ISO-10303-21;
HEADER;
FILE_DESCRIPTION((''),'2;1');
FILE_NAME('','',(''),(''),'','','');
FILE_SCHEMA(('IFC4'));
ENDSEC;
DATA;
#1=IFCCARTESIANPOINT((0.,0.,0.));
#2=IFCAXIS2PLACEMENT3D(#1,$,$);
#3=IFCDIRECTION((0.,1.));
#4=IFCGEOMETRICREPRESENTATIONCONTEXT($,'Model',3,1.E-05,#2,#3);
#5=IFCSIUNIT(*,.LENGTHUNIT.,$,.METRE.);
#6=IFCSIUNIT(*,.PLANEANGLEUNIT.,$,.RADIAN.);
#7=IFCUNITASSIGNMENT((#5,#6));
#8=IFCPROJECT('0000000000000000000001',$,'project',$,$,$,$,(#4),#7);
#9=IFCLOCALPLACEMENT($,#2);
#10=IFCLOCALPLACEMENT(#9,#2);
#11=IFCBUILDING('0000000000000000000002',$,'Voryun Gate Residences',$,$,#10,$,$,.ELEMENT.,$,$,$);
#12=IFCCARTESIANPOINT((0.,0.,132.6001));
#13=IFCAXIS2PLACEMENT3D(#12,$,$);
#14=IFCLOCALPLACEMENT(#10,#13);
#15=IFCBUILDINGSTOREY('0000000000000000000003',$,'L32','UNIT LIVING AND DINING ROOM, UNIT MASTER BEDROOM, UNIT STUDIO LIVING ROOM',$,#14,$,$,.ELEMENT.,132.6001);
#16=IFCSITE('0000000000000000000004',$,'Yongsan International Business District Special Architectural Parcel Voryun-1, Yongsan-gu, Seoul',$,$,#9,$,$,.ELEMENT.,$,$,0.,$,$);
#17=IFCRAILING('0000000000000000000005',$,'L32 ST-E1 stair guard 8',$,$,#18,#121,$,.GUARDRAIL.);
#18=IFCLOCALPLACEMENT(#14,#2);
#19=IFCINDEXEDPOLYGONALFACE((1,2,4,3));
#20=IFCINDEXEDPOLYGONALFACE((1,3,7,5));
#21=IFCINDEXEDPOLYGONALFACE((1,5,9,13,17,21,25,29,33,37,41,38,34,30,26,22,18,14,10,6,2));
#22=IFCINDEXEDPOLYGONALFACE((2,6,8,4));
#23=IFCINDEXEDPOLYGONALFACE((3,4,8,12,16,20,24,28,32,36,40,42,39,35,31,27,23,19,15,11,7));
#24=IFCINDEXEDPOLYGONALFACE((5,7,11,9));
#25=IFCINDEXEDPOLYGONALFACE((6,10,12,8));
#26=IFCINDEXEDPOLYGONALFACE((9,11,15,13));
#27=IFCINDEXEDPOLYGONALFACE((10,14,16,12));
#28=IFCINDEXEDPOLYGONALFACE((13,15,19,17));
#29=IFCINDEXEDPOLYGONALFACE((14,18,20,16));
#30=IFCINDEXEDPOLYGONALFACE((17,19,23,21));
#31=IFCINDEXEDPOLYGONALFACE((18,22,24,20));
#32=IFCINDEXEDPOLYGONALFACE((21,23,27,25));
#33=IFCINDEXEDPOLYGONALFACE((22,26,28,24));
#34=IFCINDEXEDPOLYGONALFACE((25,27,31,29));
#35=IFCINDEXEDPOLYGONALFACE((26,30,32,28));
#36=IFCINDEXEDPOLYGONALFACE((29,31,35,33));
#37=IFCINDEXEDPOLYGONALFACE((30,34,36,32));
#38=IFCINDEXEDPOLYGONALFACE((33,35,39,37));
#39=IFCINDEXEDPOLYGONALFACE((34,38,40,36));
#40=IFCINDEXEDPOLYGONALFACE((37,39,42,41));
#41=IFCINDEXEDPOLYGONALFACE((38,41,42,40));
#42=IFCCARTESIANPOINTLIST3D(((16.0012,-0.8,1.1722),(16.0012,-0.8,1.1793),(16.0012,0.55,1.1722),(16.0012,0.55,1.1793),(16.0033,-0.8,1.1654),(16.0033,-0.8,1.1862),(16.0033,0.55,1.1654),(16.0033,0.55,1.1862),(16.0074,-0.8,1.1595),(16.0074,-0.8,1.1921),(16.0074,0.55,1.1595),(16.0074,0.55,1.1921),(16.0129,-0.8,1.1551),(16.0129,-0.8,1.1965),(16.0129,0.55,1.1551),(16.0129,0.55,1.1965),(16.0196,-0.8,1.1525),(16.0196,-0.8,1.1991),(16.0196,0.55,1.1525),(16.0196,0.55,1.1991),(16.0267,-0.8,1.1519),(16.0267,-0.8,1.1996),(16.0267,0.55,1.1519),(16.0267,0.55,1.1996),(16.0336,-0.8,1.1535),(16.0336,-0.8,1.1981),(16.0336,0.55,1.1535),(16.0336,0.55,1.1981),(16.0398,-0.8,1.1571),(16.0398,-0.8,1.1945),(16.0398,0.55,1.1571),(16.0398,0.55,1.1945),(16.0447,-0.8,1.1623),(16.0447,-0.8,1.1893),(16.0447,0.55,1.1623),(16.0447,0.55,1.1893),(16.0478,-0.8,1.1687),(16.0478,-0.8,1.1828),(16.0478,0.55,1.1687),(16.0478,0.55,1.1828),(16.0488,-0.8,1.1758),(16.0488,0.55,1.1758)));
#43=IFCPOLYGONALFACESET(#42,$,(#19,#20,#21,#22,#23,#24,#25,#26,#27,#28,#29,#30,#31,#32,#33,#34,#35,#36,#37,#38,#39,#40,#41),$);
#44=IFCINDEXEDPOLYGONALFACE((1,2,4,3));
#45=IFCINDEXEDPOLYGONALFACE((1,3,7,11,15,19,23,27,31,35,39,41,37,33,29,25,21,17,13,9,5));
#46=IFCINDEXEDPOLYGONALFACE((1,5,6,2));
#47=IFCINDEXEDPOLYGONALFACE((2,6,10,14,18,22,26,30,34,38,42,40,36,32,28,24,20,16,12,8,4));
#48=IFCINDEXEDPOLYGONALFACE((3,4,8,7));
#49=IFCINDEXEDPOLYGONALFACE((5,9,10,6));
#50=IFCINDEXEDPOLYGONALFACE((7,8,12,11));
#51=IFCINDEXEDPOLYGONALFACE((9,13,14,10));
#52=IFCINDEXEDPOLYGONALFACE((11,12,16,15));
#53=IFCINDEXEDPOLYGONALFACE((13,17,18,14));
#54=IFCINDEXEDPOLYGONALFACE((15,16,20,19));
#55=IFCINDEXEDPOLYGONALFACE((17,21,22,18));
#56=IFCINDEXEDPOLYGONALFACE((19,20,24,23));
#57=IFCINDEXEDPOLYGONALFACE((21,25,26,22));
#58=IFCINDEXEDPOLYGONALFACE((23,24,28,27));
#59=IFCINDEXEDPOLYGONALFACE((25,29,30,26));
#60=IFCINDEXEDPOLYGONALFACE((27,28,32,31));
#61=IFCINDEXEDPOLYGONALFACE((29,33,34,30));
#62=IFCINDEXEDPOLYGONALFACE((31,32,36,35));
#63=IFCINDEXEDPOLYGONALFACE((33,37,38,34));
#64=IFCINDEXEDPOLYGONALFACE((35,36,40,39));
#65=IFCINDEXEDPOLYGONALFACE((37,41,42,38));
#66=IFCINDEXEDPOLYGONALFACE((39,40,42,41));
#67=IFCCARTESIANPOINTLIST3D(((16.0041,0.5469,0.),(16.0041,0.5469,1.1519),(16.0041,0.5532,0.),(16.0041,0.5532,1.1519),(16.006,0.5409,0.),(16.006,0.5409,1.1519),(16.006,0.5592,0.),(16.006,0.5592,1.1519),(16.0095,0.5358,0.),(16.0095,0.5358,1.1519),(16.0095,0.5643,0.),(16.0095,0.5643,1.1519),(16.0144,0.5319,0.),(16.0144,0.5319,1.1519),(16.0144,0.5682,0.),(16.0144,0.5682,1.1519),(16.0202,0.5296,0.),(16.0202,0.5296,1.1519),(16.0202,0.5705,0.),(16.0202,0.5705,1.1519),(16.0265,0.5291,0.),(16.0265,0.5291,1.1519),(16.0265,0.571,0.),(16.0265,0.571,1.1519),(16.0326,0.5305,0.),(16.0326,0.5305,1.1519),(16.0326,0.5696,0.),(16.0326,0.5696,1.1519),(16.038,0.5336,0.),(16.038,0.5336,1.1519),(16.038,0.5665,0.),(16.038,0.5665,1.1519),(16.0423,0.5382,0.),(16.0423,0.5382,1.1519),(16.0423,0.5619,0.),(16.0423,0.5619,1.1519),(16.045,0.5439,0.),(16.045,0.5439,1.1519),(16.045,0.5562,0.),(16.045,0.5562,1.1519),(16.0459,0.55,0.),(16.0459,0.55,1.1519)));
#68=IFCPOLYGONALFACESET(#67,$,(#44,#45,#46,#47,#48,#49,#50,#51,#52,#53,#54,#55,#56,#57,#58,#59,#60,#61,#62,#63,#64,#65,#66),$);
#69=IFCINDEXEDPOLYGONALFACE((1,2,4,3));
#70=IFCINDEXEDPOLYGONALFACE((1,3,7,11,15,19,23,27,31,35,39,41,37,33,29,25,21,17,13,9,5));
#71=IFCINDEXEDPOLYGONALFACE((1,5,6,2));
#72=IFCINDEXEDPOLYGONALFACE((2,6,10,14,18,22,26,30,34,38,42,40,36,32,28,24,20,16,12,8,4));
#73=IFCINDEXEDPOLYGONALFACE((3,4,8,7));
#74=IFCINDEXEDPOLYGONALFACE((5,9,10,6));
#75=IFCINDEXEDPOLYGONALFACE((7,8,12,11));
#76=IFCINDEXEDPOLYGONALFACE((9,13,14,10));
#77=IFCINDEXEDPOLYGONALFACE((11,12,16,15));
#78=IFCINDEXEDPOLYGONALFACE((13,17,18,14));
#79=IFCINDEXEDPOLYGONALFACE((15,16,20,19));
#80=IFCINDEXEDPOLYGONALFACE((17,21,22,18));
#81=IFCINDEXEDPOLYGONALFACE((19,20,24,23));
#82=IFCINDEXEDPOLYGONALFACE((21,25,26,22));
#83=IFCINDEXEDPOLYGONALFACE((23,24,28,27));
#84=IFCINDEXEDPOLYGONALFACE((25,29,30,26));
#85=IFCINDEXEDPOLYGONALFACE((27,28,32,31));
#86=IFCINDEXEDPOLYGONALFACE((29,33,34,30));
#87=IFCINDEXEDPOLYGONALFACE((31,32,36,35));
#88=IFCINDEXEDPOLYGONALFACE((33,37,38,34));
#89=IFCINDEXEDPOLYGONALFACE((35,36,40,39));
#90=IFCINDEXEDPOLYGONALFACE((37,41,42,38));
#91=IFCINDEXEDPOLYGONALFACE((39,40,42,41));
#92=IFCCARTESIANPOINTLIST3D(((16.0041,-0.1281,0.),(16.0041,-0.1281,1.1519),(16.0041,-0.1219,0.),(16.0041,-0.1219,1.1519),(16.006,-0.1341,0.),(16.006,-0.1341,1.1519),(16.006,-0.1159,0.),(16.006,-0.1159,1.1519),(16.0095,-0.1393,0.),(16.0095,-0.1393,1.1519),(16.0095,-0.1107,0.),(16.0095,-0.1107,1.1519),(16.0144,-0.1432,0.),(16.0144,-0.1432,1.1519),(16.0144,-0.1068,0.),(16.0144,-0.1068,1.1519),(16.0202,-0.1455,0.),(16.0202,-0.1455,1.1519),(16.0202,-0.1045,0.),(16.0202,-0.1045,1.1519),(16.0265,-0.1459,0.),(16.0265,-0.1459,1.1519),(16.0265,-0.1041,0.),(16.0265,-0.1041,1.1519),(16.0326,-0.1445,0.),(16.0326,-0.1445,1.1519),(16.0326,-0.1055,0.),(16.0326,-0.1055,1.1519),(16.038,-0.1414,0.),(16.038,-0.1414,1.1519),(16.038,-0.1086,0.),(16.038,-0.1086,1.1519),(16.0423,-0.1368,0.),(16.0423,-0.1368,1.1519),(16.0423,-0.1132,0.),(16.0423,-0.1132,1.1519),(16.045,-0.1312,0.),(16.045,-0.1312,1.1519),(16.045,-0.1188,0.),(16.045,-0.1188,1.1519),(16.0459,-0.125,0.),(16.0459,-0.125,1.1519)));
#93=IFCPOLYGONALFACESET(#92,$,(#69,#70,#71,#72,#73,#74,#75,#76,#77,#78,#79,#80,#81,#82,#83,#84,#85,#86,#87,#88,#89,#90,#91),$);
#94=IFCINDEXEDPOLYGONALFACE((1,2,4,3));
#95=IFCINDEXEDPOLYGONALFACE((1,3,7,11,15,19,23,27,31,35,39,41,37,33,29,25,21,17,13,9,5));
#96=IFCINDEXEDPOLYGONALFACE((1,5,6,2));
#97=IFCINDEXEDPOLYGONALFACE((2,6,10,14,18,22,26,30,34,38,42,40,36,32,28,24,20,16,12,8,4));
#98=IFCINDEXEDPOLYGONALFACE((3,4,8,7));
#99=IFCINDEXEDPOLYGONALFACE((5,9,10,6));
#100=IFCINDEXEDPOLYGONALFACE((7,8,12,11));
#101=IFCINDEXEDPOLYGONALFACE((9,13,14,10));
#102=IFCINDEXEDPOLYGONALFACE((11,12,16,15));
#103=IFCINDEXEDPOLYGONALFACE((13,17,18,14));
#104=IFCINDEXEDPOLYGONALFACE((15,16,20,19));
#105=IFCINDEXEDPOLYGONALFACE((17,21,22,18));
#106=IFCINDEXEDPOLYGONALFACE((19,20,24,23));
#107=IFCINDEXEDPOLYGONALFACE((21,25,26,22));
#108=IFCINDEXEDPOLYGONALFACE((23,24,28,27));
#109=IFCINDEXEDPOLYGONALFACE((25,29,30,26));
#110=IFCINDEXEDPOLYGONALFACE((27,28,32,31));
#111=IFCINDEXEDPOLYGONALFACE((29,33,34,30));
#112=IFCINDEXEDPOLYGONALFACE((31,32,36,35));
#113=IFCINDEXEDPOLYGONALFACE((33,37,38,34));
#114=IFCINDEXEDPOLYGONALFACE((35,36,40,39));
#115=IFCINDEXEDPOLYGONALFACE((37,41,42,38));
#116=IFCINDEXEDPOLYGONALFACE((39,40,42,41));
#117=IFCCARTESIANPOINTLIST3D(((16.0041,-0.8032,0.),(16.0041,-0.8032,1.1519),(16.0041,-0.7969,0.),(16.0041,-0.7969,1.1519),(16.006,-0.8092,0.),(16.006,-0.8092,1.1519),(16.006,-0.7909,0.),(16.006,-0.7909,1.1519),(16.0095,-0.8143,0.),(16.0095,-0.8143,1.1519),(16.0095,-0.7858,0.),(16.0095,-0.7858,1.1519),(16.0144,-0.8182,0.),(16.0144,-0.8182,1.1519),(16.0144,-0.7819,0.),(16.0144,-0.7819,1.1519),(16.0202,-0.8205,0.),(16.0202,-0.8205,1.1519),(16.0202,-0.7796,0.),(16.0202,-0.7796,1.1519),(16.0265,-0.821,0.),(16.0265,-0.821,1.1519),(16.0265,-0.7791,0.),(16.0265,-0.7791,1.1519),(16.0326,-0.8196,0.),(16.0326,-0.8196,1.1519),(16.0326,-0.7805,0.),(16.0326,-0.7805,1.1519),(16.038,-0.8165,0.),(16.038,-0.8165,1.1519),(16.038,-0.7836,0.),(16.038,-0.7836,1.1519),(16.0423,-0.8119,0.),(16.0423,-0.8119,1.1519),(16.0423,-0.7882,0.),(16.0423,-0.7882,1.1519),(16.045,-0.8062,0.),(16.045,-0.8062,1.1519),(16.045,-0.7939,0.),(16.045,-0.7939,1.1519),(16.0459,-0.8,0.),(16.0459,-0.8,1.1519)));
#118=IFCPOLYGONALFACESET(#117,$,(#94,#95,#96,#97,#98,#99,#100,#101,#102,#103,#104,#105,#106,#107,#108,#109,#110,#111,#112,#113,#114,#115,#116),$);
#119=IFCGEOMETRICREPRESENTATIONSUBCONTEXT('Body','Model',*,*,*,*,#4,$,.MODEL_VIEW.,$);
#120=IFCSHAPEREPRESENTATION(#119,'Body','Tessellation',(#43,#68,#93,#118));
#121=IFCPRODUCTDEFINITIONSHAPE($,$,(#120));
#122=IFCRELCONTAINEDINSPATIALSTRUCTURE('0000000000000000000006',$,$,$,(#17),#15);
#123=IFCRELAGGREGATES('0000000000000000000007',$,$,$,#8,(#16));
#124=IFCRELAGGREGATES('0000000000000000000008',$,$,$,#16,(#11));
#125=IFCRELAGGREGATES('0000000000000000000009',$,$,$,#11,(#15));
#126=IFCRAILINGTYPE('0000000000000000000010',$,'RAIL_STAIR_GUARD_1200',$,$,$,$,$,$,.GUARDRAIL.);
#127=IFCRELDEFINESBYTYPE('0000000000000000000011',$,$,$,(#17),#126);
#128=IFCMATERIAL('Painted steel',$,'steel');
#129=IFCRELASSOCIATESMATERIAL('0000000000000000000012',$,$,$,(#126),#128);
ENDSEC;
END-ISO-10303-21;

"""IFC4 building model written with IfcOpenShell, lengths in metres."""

from ifc_helpers import new_model, si_unit, direction, frame, origin, origin_2d, place, context, subcontext, project, spatial, circle, extrude, material, type_object, element, save


model = new_model("IFC4")

# Units and contexts
model_context = context("Model", 3, precision=1e-05, world=origin(), true_north=direction((0.0, 1.0)))
body_context = subcontext(model_context, "Body", "Model", "MODEL_VIEW")
ifc_project = project(units=[si_unit("LENGTHUNIT", "METRE"), si_unit("PLANEANGLEUNIT", "RADIAN")], contexts=[model_context])

# Site, building, storey
site_placement = place(None, origin())
site = spatial("IfcSite", under=ifc_project, at=site_placement, Name="Yongsan International Business District Special Architectural Parcel Voryun-1, Yongsan-gu, Seoul", CompositionType="ELEMENT", RefElevation=0.0)
building_placement = place(site_placement, origin())
building = spatial("IfcBuilding", under=site, at=building_placement, Name="Voryun Gate Residences", CompositionType="ELEMENT")
storey_placement = place(building_placement, frame((0.0, 0.0, 132.6001)))
storey = spatial("IfcBuildingStorey", under=building, at=storey_placement, Name="L32", Description="UNIT LIVING AND DINING ROOM, UNIT MASTER BEDROOM, UNIT STUDIO LIVING ROOM", CompositionType="ELEMENT", Elevation=132.6001)

# Railing
ifc_material_1 = material(Name="Painted steel", Category="steel")
railing_type = type_object("IfcRailingType", Name="RAIL_STAIR_GUARD_1200", PredefinedType="GUARDRAIL", material=ifc_material_1)
railing_placement = place(storey_placement, frame((16.0249, 0.55, 0.0)))
element("IfcRailing", 1, at=railing_placement, inside=storey, type_object=railing_type, Name="L32 ST-E1 stair guard 8", PredefinedType="GUARDRAIL", context=body_context, shape_type="SweptSolid", body=[
    extrude(circle(Radius=0.0239, at=origin_2d()), frame((0.0, 0.0, 1.1758), z_axis=(0.0, -1.0, 0.0), x_axis=(1.0, 0.0, 0.0)), (0.0, 0.0, 1.0), 1.3501),
    extrude(circle(Radius=0.021, at=origin_2d()), origin(), (0.0, 0.0, 1.0), 1.1519),
    extrude(circle(Radius=0.021, at=origin_2d()), frame((0.0, -0.675, 0.0)), (0.0, 0.0, 1.0), 1.1519),
    extrude(circle(Radius=0.021, at=origin_2d()), frame((0.0, -1.3501, 0.0)), (0.0, 0.0, 1.0), 1.1519),
])

save(model, "model.ifc")
